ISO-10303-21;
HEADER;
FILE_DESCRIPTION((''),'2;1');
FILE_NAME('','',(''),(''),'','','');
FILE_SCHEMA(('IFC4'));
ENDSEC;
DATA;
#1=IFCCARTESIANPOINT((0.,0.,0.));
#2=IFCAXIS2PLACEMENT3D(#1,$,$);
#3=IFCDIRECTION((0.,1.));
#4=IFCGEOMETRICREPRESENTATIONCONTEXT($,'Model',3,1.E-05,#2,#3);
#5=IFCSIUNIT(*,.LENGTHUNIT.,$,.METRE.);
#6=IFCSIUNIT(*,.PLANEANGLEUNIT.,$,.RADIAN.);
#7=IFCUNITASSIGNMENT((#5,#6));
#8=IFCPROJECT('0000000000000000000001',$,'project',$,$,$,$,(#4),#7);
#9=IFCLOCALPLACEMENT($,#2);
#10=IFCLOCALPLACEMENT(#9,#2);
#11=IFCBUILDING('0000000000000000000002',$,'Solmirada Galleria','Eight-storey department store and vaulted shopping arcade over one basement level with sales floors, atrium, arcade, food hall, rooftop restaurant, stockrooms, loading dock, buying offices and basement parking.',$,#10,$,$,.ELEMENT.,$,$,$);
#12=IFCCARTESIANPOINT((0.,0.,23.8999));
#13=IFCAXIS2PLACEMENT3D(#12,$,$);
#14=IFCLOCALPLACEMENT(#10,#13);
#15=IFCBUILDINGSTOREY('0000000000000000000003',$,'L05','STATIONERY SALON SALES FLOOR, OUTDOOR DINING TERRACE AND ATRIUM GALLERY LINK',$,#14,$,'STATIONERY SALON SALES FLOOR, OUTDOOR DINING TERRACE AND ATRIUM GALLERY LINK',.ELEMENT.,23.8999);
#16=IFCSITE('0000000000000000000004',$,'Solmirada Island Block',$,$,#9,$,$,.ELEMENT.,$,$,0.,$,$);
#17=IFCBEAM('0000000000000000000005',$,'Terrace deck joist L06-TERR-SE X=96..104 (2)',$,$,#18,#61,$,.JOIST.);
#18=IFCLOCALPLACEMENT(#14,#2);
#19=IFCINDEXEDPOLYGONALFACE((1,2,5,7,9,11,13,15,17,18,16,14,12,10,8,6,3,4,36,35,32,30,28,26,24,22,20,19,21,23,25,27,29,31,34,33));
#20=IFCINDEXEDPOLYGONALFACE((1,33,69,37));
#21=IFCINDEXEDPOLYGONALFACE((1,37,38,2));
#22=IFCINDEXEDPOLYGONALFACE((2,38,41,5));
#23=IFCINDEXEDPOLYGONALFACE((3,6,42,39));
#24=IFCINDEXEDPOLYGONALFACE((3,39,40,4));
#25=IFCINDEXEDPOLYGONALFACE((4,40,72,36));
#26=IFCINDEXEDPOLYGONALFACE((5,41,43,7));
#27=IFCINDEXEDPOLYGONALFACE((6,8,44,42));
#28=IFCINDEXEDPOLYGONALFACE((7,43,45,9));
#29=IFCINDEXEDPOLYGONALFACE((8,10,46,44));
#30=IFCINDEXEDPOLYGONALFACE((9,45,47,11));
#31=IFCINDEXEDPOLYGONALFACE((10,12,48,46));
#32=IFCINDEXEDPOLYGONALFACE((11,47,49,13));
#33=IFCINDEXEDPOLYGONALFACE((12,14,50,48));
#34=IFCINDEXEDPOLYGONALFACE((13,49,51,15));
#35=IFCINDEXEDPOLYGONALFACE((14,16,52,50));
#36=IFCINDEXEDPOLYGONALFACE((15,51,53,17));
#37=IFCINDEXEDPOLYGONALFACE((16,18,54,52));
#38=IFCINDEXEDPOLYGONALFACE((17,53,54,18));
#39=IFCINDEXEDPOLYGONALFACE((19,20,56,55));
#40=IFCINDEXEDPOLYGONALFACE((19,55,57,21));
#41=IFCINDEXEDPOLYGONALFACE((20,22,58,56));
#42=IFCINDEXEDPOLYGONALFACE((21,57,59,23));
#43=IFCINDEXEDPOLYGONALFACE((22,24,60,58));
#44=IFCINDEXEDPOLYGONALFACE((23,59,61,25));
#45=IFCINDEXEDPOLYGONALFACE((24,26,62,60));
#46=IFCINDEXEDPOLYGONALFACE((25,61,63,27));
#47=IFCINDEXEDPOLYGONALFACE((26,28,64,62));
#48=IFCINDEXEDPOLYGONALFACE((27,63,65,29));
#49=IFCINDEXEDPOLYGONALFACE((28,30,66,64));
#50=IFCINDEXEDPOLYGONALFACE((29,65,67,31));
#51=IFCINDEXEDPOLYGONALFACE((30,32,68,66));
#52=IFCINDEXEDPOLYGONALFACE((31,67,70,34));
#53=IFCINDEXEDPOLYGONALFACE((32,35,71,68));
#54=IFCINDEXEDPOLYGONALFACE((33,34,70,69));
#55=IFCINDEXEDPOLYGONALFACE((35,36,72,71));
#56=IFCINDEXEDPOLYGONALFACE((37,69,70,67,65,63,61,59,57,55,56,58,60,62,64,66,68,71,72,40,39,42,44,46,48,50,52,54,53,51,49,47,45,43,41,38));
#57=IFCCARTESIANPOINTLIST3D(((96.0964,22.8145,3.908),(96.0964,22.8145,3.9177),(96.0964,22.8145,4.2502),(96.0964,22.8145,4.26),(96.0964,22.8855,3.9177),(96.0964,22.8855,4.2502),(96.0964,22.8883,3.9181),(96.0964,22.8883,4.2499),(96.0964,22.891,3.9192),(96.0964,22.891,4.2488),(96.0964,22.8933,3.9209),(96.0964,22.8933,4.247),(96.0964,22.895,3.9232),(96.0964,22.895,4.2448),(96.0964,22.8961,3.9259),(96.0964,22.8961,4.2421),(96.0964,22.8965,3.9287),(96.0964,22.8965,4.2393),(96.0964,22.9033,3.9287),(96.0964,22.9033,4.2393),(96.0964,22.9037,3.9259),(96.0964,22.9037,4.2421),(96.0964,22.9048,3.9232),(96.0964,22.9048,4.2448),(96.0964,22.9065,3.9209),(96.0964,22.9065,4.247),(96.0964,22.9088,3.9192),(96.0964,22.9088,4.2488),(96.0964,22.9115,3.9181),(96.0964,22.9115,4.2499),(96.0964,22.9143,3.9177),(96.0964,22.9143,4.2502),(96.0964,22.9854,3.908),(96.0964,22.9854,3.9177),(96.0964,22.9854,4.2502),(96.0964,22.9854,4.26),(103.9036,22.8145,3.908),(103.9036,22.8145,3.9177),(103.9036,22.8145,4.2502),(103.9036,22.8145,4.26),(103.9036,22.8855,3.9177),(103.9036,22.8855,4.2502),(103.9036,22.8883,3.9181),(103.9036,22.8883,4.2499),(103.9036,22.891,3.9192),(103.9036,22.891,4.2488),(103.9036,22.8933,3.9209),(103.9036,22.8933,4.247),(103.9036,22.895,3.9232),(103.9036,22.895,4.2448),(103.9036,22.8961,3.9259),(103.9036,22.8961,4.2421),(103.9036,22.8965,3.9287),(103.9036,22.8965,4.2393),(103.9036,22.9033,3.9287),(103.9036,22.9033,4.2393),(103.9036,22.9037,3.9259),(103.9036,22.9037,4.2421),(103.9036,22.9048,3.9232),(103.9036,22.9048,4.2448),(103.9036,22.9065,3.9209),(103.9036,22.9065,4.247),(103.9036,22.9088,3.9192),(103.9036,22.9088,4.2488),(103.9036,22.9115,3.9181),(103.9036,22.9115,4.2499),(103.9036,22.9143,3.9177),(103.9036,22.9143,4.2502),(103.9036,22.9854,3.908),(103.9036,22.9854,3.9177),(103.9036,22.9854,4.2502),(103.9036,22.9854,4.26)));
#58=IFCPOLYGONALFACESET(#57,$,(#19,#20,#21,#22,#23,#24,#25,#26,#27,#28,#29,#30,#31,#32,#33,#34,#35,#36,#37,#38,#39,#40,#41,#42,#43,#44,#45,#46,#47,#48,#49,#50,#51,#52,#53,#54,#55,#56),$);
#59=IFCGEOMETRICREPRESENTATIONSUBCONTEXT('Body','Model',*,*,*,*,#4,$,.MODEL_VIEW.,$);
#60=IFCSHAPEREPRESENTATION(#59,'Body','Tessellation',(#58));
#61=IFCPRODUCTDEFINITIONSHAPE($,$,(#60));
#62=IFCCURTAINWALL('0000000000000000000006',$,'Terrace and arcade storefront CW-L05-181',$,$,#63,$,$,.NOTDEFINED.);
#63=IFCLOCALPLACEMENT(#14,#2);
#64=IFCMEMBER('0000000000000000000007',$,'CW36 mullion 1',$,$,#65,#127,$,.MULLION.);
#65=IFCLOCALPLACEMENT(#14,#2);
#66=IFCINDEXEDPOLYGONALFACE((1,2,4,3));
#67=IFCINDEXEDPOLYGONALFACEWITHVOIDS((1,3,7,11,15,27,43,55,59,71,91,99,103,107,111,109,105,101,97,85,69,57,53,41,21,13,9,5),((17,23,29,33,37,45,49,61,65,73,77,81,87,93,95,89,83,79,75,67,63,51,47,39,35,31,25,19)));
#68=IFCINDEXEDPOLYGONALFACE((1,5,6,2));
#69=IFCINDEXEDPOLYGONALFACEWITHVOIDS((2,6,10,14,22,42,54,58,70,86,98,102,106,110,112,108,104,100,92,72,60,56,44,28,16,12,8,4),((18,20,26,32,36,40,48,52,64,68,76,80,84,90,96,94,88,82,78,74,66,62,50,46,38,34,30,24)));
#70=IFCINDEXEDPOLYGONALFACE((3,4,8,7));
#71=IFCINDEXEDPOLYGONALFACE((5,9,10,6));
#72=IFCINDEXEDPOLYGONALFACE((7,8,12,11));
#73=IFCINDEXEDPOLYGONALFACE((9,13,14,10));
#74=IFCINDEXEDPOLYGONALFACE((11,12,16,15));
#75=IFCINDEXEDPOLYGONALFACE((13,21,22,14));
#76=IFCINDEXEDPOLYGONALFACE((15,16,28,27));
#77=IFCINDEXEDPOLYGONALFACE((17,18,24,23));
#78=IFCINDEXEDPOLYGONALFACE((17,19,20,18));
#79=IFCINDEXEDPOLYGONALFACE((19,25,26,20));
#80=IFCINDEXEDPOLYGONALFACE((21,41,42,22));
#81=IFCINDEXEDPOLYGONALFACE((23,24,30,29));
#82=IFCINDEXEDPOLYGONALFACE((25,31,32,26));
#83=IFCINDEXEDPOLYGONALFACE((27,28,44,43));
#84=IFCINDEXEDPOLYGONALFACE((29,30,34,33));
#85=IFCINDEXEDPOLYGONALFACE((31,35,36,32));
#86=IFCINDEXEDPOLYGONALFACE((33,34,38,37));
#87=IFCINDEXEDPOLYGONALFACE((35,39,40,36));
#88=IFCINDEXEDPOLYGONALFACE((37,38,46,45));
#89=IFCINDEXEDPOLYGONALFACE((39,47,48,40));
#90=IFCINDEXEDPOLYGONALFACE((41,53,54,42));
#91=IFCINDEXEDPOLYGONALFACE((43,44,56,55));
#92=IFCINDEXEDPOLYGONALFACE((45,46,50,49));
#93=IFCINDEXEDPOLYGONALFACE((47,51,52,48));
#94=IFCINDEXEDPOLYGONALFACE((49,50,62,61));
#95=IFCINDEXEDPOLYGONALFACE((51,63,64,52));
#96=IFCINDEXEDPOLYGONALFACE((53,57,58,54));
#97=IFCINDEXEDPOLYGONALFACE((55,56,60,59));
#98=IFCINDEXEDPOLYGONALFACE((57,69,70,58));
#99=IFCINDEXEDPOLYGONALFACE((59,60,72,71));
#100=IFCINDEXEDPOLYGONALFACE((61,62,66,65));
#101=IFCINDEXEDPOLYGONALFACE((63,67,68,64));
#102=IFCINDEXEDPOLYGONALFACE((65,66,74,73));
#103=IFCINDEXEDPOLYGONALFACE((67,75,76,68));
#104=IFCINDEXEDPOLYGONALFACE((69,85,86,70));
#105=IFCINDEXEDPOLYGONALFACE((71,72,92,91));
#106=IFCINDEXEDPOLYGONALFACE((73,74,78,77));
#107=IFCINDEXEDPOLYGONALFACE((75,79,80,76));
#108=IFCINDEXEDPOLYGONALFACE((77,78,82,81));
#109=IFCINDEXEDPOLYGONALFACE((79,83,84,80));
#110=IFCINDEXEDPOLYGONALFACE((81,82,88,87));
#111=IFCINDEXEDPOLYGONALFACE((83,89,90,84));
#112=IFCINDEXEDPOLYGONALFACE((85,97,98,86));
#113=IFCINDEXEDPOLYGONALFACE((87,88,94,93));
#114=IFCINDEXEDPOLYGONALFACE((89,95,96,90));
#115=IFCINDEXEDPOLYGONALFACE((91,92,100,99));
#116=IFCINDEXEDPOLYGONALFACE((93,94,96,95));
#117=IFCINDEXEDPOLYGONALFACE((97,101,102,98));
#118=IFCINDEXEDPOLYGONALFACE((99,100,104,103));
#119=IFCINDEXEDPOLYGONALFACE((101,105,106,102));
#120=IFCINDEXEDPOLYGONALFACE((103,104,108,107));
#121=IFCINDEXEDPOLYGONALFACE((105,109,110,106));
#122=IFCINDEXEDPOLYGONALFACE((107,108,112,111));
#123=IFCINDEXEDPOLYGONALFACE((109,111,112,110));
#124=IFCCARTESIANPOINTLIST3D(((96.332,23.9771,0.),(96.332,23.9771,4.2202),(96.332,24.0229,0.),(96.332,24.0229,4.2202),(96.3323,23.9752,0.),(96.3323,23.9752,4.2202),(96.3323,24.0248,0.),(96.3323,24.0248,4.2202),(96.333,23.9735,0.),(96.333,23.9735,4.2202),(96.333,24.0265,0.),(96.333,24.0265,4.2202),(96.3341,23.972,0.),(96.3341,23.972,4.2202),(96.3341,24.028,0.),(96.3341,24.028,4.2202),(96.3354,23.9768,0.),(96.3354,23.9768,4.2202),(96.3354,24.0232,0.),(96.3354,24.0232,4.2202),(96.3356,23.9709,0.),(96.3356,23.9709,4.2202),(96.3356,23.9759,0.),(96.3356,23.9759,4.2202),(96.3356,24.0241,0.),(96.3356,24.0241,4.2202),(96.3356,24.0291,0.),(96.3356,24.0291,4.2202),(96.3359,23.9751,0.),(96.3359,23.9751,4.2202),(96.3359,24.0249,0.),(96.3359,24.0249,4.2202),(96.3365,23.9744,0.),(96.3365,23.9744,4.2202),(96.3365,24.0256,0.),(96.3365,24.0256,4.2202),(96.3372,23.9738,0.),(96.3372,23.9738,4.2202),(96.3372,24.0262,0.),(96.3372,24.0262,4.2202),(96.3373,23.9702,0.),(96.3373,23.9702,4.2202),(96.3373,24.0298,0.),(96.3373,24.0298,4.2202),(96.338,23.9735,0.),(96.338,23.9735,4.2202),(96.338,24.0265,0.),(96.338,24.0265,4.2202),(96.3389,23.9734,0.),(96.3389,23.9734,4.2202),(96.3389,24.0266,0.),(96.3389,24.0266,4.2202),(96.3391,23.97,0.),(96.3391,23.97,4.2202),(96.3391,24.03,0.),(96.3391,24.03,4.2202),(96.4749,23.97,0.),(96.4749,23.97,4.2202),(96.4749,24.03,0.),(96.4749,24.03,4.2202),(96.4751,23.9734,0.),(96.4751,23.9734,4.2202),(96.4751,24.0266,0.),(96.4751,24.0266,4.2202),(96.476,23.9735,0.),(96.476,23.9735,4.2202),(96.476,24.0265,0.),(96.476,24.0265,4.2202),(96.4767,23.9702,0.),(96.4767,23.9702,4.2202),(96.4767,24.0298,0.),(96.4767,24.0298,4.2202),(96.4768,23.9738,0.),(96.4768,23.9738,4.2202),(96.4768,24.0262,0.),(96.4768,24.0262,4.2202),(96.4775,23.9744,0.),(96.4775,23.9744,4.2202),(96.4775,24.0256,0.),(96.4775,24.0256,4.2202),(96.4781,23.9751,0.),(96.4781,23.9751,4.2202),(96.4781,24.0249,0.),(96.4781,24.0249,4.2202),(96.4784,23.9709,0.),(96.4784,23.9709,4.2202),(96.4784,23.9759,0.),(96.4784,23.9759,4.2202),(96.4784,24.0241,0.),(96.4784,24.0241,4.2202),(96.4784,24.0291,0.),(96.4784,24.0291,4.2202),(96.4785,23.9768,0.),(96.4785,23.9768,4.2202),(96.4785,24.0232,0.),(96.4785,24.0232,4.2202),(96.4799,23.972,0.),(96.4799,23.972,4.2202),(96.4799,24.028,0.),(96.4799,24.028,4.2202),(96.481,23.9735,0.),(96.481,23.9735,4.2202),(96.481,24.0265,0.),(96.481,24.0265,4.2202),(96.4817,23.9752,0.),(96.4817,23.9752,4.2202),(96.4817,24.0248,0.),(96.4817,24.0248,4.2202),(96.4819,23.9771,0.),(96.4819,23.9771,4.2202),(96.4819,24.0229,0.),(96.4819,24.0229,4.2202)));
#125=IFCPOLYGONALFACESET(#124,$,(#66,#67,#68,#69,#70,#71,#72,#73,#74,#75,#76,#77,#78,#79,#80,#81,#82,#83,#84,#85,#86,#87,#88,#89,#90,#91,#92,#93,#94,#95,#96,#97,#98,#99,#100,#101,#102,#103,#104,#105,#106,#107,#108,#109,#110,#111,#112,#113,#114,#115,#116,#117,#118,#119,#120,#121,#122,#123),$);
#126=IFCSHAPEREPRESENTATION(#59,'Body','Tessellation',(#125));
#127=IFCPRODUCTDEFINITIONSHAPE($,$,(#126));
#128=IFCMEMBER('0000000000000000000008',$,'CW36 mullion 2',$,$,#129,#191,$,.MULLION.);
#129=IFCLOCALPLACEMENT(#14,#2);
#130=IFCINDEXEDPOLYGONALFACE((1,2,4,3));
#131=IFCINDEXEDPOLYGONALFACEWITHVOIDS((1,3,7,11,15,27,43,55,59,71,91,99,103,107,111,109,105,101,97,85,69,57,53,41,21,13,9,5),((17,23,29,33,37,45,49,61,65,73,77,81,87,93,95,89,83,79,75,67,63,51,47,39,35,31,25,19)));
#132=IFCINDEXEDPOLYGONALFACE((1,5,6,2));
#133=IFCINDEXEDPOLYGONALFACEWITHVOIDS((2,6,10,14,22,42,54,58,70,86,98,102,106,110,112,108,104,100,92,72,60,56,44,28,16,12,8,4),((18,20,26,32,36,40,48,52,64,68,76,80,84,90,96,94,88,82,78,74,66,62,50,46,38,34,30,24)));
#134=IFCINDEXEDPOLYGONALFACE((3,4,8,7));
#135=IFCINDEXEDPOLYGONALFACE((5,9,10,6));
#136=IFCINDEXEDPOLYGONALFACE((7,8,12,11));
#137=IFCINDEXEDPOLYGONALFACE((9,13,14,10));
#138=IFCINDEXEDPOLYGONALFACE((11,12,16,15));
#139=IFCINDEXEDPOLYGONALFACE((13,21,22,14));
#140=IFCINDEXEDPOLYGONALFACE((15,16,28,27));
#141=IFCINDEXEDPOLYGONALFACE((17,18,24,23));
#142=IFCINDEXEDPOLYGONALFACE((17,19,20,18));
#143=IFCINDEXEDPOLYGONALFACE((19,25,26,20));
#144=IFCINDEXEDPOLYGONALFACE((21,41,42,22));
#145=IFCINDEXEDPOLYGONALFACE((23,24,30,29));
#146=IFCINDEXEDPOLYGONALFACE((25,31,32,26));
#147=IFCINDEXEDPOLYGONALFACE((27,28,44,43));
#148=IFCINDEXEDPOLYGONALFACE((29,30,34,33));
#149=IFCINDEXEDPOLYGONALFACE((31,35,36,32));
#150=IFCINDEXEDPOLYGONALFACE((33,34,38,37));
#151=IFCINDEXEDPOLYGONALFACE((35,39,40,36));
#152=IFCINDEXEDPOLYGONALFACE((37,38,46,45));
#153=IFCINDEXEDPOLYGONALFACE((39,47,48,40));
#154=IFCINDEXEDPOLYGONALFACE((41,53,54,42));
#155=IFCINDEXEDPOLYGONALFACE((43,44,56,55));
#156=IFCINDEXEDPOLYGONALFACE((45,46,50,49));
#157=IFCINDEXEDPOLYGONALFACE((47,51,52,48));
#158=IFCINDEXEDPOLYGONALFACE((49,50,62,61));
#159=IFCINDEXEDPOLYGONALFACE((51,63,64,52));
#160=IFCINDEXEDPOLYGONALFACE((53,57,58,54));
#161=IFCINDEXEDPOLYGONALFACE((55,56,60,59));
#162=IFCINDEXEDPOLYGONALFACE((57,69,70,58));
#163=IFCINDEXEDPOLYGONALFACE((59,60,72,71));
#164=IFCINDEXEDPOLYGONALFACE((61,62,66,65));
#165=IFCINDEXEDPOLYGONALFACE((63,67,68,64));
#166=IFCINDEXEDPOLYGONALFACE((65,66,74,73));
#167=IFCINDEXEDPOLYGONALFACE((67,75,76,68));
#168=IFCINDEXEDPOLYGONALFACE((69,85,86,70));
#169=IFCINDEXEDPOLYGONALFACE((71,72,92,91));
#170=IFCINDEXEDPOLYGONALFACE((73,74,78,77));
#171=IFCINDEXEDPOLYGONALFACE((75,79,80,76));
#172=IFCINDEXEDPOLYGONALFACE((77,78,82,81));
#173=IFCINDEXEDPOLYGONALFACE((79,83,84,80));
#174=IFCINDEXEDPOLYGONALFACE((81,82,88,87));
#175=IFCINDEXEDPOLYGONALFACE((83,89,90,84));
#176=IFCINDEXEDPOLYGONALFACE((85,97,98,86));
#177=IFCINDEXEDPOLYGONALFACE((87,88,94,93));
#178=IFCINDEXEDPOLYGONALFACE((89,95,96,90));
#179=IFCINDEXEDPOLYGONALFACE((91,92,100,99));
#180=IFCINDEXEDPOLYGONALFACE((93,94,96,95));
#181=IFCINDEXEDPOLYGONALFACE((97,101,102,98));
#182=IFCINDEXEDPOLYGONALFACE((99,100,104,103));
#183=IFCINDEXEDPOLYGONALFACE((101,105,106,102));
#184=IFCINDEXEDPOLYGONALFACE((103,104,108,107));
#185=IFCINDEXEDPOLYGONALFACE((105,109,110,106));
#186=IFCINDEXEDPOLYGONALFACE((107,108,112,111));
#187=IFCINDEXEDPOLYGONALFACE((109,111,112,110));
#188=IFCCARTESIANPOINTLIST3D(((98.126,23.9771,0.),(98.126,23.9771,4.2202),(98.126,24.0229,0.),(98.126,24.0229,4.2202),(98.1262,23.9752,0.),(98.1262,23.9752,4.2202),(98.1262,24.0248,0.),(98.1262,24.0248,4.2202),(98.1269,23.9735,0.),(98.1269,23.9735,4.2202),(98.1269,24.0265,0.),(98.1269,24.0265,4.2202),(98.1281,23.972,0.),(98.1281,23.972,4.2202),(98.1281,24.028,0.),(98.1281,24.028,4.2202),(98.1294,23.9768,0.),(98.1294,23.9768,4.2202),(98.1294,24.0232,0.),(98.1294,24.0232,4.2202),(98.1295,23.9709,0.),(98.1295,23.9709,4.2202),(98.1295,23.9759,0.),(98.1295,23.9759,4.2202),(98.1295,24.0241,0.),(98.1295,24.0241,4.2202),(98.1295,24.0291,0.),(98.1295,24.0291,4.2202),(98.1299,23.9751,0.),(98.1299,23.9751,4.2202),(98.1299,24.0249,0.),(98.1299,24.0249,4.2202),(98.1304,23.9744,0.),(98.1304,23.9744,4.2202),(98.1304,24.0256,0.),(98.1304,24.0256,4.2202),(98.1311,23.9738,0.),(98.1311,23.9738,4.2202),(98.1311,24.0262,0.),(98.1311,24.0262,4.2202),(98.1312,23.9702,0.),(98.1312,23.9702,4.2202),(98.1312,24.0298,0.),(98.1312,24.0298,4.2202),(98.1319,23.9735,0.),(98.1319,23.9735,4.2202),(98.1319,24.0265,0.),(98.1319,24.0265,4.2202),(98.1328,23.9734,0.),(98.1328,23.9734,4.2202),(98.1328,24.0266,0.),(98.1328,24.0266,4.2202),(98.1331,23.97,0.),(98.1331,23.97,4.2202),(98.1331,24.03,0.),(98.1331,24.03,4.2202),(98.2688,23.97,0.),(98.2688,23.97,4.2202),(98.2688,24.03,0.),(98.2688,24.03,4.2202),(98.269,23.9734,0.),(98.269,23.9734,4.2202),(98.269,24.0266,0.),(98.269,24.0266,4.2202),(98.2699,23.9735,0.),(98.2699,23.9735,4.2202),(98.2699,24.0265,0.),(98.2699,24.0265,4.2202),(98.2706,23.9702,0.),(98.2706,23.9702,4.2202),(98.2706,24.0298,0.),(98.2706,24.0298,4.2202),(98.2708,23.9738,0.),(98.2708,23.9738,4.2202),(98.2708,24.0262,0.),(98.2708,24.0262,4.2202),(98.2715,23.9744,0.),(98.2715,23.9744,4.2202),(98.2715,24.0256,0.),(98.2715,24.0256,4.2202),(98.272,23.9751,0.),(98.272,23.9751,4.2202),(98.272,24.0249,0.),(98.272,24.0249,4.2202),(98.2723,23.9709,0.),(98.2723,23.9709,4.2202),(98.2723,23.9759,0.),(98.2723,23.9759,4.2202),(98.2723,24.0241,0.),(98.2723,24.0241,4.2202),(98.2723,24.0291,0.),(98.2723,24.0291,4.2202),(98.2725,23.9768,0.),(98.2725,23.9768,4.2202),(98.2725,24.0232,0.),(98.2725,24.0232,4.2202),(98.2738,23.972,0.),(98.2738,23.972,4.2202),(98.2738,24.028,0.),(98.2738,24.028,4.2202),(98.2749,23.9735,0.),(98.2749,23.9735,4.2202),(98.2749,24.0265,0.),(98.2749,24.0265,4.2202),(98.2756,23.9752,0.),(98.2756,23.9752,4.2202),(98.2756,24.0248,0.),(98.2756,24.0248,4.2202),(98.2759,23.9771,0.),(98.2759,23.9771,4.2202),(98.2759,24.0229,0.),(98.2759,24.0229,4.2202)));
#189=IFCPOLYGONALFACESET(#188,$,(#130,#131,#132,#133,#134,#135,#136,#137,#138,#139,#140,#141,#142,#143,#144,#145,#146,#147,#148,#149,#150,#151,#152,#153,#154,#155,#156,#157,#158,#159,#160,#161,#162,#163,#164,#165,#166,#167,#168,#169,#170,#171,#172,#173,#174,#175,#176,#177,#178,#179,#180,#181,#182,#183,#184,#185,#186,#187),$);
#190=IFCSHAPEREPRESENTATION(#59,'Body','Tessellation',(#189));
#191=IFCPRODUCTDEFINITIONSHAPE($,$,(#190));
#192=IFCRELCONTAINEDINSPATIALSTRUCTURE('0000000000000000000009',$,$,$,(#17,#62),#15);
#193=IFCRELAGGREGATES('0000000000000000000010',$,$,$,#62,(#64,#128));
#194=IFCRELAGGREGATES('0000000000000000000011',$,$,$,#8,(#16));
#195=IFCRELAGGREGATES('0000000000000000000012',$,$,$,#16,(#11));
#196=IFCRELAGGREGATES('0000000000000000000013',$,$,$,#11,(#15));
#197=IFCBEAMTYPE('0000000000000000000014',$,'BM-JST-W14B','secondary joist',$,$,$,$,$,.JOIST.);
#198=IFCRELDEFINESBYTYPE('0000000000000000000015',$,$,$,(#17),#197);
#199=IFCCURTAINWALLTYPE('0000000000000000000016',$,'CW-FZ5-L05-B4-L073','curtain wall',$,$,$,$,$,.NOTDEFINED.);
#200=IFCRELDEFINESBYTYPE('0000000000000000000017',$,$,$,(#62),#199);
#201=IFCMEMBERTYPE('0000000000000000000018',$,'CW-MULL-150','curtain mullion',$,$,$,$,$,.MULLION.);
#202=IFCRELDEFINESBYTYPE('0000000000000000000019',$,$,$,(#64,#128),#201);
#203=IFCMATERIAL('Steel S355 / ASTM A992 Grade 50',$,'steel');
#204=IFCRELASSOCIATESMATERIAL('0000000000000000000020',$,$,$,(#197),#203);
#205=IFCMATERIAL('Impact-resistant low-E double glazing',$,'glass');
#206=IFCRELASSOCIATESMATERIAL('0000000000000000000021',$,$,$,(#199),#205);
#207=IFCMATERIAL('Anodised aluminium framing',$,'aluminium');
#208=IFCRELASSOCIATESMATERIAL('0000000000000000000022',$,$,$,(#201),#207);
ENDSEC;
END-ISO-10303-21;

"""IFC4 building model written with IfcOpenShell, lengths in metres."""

from ifc_helpers import new_model, si_unit, direction, frame, origin, origin_2d, place, context, subcontext, project, spatial, hollow_rectangle, i_section, extrude, material, material_profile, profile_set, type_object, element, aggregate, save


model = new_model("IFC4")

# Units and contexts
model_context = context("Model", 3, precision=1e-05, world=origin(), true_north=direction((0.0, 1.0)))
body_context = subcontext(model_context, "Body", "Model", "MODEL_VIEW")
ifc_project = project(units=[si_unit("LENGTHUNIT", "METRE"), si_unit("PLANEANGLEUNIT", "RADIAN")], contexts=[model_context])

# Site, building, storey
site_placement = place(None, origin())
site = spatial("IfcSite", under=ifc_project, at=site_placement, Name="Solmirada Island Block", CompositionType="ELEMENT", RefElevation=0.0)
building_placement = place(site_placement, origin())
building = spatial("IfcBuilding", under=site, at=building_placement, Name="Solmirada Galleria", Description="Eight-storey department store and vaulted shopping arcade over one basement level with sales floors, atrium, arcade, food hall, rooftop restaurant, stockrooms, loading dock, buying offices and basement parking.", CompositionType="ELEMENT")
storey_placement = place(building_placement, frame((0.0, 0.0, 23.8999)))
storey = spatial("IfcBuildingStorey", under=building, at=storey_placement, Name="L05", Description="STATIONERY SALON SALES FLOOR, OUTDOOR DINING TERRACE AND ATRIUM GALLERY LINK", LongName="STATIONERY SALON SALES FLOOR, OUTDOOR DINING TERRACE AND ATRIUM GALLERY LINK", CompositionType="ELEMENT", Elevation=23.8999)

# Beam
ifc_material_1 = material(Name="Steel S355 / ASTM A992 Grade 50", Category="steel")
ifc_material_profile_1 = material_profile(ifc_material_1, i_section(OverallWidth=0.1709, OverallDepth=0.3521, WebThickness=0.0068, FlangeThickness=0.0098, FilletRadius=0.011, at=origin_2d()), Name="W14X30")
ifc_profile_set_1 = profile_set([ifc_material_profile_1], Name="Steel S355 / ASTM A992 Grade 50")
beam_type_1 = type_object("IfcBeamType", Name="BM-JST-W14B", Description="secondary joist", PredefinedType="JOIST", material=ifc_profile_set_1)
for number, where, z_axis, x_axis, name in (
    (1, (96.0964, 22.8999, 4.084), (1.0, 0.0, 0.0), (0.0, 1.0, 0.0), "Terrace deck joist L06-TERR-SE X=96..104 (2)"),
):
    element("IfcBeam", number, at=place(storey_placement, frame(where, z_axis=z_axis, x_axis=x_axis)), inside=storey, type_object=beam_type_1, Name=name, PredefinedType="JOIST", context=body_context, shape_type="SweptSolid", body=[
        extrude(i_section(OverallWidth=0.1709, OverallDepth=0.3521, WebThickness=0.0068, FlangeThickness=0.0098, FilletRadius=0.011, at=origin_2d()), origin(), (0.0, 0.0, 1.0), 7.8071),
    ])

# Curtain wall, members
ifc_material_2 = material(Name="Impact-resistant low-E double glazing", Category="glass")
curtain_wall_type = type_object("IfcCurtainWallType", Name="CW-FZ5-L05-B4-L073", Description="curtain wall", PredefinedType="NOTDEFINED", material=ifc_material_2)
curtain_wall_placement = place(storey_placement, origin())
curtain_wall = element("IfcCurtainWall", 2, at=curtain_wall_placement, inside=storey, type_object=curtain_wall_type, Name="Terrace and arcade storefront CW-L05-181", PredefinedType="NOTDEFINED")
ifc_material_3 = material(Name="Anodised aluminium framing", Category="aluminium")
ifc_material_profile_2 = material_profile(ifc_material_3, hollow_rectangle(XDim=0.0601, YDim=0.1499, WallThickness=0.0034, InnerFilletRadius=0.0034, OuterFilletRadius=0.0071, at=origin_2d()), Name="ALU-MULL-150X60")
ifc_profile_set_2 = profile_set([ifc_material_profile_2], Name="Anodised aluminium framing")
member_type_1 = type_object("IfcMemberType", Name="CW-MULL-150", Description="curtain mullion", PredefinedType="MULLION", material=ifc_profile_set_2)
member_1_placement = place(storey_placement, frame((96.407, 24.0, 0.0), z_axis=(0.0, 0.0, 1.0), x_axis=(0.0, 1.0, 0.0)))
member_1 = element("IfcMember", 3, at=member_1_placement, type_object=member_type_1, Name="CW36 mullion 1", PredefinedType="MULLION", context=body_context, shape_type="SweptSolid", body=[
    extrude(hollow_rectangle(XDim=0.0601, YDim=0.1499, WallThickness=0.0034, InnerFilletRadius=0.0034, OuterFilletRadius=0.0071, at=origin_2d()), origin(), (0.0, 0.0, 1.0), 4.2202),
])
member_2_placement = place(storey_placement, frame((98.2009, 24.0, 0.0), z_axis=(0.0, 0.0, 1.0), x_axis=(0.0, 1.0, 0.0)))
member_2 = element("IfcMember", 4, at=member_2_placement, type_object=member_type_1, Name="CW36 mullion 2", PredefinedType="MULLION", context=body_context, shape_type="SweptSolid", body=[
    extrude(hollow_rectangle(XDim=0.0601, YDim=0.1499, WallThickness=0.0034, InnerFilletRadius=0.0034, OuterFilletRadius=0.0071, at=origin_2d()), origin(), (0.0, 0.0, 1.0), 4.2202),
])
aggregate(curtain_wall, [member_1, member_2])

save(model, "model.ifc")
